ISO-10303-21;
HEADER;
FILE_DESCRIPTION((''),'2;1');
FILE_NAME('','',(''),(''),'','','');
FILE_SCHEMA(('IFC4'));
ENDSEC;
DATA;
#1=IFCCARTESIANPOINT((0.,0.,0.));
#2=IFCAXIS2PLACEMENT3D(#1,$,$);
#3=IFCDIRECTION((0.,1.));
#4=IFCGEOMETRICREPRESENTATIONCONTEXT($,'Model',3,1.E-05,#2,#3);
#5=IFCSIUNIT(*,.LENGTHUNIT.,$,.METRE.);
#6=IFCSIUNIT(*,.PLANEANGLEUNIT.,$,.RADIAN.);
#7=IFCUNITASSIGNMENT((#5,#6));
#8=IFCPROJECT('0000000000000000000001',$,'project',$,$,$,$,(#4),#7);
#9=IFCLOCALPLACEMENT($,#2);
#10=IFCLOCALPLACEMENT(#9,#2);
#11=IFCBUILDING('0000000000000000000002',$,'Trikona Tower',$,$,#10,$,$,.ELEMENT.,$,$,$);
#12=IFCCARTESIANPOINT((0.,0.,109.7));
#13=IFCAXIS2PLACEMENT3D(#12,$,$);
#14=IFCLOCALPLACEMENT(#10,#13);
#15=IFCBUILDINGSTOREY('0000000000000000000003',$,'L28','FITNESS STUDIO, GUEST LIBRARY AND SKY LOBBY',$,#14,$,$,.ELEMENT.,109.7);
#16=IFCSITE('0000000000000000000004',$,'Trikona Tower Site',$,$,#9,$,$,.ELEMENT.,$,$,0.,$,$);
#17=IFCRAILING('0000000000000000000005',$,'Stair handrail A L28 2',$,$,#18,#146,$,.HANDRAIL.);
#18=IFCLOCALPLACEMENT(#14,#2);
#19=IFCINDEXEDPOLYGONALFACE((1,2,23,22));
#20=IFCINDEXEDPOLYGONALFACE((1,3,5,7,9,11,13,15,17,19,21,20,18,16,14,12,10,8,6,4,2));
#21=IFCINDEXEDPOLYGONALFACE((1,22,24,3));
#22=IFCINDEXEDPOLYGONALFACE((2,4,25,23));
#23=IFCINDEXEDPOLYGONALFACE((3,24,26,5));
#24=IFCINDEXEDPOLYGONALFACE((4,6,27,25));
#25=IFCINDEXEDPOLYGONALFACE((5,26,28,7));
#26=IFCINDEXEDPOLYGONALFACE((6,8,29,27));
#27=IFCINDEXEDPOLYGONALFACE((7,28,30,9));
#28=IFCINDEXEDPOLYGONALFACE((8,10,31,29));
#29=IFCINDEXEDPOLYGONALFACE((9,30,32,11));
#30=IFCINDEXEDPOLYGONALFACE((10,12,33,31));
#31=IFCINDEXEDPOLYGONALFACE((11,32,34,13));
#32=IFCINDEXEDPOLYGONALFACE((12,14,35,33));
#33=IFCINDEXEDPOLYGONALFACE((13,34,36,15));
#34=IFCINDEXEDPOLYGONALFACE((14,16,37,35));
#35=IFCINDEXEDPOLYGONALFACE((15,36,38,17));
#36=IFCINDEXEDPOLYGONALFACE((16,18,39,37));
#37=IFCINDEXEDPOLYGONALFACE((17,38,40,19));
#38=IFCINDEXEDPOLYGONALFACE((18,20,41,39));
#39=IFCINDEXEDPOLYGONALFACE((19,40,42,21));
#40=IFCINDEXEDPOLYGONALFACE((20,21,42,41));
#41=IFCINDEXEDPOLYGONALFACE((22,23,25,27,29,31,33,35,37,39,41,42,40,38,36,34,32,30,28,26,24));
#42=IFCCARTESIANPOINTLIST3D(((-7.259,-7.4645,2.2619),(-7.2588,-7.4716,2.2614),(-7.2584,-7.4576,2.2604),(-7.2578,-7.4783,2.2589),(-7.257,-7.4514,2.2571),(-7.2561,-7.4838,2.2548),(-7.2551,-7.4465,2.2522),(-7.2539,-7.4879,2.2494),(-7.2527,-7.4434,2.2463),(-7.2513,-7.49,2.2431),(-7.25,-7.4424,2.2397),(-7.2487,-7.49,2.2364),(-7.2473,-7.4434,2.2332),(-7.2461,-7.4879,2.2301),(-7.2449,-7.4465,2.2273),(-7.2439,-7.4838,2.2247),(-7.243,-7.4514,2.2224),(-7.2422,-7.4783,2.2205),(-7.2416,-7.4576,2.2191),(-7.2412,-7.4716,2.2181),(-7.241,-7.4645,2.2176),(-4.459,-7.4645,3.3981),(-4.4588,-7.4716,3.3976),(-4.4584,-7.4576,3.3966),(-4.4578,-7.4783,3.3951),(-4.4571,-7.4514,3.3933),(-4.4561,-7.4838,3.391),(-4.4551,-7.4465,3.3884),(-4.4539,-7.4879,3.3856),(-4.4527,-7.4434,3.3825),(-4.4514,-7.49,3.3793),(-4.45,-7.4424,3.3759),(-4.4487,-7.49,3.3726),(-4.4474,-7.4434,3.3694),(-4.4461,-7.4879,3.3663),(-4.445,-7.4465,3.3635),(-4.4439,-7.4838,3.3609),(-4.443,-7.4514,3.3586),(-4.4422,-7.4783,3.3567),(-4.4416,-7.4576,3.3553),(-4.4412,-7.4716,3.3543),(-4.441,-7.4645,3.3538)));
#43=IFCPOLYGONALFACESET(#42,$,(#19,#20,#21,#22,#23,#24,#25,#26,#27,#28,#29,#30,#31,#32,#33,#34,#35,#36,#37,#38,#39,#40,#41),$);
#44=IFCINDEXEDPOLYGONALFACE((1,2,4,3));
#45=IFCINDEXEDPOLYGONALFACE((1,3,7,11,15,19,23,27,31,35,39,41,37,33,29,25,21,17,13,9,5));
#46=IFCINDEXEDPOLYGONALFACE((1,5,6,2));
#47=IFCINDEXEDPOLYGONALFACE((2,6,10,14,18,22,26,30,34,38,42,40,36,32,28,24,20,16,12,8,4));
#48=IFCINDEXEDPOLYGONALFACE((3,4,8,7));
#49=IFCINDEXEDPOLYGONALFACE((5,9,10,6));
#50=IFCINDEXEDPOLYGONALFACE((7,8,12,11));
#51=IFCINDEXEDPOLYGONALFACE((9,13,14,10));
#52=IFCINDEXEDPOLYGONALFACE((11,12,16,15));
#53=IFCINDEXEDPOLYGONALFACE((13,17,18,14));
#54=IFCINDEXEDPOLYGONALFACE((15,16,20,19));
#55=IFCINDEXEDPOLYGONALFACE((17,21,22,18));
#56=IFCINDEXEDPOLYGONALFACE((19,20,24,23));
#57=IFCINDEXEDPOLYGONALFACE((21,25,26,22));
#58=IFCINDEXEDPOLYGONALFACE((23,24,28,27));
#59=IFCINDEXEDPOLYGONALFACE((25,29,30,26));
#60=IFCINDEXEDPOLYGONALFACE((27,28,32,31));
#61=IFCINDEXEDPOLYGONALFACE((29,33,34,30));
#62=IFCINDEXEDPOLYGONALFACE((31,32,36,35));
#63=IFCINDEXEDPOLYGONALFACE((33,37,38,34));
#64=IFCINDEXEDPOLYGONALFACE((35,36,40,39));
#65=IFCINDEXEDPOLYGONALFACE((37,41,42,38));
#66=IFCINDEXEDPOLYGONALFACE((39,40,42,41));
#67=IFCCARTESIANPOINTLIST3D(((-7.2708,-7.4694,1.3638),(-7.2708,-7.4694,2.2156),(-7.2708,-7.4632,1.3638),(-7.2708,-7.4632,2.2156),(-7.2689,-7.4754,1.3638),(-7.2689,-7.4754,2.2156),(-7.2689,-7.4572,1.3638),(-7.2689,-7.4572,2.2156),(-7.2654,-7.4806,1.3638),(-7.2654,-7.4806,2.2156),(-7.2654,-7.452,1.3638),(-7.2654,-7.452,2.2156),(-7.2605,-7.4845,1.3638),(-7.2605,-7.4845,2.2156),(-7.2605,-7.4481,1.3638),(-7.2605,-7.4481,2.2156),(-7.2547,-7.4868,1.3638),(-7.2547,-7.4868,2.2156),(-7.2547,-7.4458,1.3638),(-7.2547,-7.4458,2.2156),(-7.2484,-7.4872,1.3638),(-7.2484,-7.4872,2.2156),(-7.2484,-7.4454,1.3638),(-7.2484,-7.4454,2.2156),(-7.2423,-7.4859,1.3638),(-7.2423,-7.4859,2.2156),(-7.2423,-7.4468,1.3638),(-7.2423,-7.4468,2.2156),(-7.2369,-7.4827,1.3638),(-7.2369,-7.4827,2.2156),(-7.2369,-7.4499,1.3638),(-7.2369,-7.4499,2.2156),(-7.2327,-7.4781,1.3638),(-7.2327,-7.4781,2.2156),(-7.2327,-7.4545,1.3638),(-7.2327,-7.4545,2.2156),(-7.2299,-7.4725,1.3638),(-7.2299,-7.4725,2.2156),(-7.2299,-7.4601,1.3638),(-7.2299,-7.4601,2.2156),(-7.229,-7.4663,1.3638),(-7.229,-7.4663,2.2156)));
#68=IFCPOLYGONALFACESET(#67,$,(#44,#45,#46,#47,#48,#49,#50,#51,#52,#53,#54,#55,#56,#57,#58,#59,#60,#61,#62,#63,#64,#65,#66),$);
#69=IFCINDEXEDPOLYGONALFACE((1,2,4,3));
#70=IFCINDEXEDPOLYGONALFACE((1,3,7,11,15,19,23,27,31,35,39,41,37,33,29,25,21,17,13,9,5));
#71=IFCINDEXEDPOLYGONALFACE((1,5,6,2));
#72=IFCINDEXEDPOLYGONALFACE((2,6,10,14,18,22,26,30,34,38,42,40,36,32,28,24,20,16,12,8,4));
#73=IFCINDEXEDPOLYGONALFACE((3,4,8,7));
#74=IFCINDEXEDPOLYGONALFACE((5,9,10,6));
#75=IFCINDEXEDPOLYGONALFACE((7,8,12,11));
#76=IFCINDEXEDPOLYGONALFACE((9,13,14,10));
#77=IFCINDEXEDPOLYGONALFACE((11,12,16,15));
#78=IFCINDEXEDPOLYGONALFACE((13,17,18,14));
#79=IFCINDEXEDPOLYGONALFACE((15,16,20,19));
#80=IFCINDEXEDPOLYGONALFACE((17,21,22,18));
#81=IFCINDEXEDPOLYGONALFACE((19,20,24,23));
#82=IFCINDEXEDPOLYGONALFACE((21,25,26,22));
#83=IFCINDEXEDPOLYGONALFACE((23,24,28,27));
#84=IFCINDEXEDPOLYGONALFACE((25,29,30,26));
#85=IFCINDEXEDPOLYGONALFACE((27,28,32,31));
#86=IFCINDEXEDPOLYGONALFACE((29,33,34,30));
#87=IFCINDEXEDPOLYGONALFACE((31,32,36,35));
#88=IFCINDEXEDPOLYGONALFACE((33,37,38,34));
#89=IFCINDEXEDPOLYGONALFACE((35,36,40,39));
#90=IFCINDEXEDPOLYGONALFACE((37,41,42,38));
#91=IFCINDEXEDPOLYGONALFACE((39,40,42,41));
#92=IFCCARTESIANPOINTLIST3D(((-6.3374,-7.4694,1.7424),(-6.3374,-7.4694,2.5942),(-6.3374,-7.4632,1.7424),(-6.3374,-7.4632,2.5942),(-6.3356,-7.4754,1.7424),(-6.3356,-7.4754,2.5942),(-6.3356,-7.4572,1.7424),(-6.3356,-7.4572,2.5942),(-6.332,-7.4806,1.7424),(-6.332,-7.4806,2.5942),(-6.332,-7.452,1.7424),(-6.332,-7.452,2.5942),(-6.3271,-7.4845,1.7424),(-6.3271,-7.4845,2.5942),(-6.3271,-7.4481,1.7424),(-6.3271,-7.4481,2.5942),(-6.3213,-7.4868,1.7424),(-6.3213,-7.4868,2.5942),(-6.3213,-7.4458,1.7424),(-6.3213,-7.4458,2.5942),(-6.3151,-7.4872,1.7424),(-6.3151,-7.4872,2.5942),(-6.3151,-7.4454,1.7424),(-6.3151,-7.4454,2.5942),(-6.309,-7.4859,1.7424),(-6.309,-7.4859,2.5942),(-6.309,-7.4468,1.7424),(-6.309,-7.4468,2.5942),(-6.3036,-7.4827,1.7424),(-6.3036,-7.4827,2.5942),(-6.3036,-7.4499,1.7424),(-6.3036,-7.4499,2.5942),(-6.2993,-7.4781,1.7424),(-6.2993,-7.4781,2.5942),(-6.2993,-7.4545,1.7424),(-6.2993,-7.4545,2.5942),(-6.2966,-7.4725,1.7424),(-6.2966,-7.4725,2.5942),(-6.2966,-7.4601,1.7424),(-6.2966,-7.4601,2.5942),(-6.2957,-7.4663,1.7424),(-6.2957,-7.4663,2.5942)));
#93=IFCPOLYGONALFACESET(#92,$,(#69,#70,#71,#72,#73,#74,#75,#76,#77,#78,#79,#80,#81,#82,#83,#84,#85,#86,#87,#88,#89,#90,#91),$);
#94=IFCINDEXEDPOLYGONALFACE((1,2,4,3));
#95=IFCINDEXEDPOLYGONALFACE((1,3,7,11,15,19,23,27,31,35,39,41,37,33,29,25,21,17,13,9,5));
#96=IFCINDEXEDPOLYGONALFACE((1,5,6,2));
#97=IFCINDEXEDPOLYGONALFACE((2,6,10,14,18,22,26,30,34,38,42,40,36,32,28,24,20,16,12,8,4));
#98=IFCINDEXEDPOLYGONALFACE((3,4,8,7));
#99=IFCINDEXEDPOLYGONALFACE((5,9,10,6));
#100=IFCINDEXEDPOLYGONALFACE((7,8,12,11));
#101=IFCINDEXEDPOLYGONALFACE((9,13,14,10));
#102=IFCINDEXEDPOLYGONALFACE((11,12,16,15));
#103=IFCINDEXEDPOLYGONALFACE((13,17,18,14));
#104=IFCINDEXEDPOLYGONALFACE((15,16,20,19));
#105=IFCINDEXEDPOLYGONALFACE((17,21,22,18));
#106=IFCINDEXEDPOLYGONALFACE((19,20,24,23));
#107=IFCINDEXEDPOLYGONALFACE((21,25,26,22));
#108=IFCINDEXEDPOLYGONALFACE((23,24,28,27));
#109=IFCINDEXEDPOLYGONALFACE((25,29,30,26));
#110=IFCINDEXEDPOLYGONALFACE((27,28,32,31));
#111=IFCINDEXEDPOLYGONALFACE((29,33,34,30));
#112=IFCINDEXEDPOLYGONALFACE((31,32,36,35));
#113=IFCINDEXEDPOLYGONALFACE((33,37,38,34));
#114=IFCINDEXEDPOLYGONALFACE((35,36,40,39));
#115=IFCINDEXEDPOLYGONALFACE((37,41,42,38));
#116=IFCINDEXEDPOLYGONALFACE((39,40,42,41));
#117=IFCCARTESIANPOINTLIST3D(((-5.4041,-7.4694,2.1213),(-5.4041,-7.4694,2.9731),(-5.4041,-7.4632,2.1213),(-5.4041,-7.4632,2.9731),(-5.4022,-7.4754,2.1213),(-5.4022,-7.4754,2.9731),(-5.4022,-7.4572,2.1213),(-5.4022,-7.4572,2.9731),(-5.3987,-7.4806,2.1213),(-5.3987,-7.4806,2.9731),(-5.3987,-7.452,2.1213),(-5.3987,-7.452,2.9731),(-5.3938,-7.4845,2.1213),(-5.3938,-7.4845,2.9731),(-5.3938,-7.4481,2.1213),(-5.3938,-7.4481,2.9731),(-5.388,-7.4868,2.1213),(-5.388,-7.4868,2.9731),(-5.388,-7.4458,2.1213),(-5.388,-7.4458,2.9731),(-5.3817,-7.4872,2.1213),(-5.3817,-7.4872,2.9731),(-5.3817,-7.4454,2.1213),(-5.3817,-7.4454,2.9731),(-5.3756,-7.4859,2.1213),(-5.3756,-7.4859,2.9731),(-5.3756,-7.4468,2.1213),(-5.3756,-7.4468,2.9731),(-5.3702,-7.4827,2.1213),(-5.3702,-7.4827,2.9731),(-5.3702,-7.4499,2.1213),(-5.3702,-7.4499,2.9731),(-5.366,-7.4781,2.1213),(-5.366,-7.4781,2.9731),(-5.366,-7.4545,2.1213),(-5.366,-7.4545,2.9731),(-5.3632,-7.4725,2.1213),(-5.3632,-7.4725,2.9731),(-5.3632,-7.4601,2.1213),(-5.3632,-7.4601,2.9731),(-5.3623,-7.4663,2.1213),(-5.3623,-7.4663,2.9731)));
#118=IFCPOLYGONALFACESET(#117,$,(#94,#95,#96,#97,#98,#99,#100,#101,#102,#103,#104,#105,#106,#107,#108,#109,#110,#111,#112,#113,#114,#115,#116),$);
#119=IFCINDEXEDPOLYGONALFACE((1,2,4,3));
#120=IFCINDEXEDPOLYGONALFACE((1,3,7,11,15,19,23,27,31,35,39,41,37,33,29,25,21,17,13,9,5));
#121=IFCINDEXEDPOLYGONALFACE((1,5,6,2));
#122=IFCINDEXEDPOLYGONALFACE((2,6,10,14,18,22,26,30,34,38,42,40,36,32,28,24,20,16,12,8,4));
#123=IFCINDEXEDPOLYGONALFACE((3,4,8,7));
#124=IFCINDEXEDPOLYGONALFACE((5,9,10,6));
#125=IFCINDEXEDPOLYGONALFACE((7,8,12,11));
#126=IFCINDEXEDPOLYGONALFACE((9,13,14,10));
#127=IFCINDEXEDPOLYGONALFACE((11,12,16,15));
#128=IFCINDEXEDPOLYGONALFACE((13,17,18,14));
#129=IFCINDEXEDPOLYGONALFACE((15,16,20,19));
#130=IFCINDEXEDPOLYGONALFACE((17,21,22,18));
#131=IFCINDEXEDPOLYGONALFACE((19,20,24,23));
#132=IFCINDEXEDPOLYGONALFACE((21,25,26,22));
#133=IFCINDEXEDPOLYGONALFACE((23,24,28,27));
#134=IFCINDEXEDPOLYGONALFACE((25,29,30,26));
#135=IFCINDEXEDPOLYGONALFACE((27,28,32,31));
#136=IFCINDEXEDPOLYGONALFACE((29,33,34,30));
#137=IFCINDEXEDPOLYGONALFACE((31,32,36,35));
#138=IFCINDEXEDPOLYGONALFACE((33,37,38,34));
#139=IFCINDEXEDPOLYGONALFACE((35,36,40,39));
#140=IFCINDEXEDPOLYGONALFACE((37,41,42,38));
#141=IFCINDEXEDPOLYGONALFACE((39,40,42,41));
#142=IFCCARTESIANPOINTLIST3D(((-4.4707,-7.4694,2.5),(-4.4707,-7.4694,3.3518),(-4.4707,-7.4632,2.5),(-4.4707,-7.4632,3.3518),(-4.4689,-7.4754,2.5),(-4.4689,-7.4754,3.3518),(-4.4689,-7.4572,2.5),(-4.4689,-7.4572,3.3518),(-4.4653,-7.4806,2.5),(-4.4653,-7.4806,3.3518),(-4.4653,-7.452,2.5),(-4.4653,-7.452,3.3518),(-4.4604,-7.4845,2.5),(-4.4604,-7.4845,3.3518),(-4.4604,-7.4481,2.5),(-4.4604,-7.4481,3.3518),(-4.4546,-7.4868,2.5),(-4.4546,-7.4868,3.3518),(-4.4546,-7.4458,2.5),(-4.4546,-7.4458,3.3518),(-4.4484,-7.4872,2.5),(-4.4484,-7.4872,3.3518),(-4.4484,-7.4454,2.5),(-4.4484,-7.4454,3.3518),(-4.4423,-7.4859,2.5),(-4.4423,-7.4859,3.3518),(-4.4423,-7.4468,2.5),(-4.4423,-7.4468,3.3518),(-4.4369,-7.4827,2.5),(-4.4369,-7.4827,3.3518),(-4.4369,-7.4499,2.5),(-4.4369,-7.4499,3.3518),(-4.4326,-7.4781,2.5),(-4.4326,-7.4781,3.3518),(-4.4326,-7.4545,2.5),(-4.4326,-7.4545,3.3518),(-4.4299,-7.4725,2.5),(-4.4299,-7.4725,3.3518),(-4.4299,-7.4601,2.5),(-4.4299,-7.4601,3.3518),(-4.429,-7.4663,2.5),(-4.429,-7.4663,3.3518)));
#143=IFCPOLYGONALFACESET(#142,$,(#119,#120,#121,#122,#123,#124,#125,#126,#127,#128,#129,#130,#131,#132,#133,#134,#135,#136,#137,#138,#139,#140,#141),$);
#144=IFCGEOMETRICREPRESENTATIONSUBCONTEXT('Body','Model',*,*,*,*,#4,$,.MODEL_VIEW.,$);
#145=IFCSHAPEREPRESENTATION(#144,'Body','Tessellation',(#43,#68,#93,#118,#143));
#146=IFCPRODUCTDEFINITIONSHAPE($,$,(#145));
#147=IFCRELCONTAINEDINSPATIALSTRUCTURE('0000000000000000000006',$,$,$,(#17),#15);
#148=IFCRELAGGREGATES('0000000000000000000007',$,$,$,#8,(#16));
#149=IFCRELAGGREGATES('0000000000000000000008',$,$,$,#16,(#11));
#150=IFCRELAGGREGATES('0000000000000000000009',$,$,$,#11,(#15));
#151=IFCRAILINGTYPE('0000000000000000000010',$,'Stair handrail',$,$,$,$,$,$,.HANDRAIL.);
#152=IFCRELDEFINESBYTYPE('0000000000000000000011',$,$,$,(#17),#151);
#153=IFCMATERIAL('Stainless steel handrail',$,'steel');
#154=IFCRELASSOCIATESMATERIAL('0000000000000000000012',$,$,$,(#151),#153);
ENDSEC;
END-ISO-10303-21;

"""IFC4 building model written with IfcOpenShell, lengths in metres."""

from ifc_helpers import new_model, si_unit, direction, frame, origin, origin_2d, place, context, subcontext, project, spatial, circle, extrude, material, type_object, element, save


model = new_model("IFC4")

# Units and contexts
model_context = context("Model", 3, precision=1e-05, world=origin(), true_north=direction((0.0, 1.0)))
body_context = subcontext(model_context, "Body", "Model", "MODEL_VIEW")
ifc_project = project(units=[si_unit("LENGTHUNIT", "METRE"), si_unit("PLANEANGLEUNIT", "RADIAN")], contexts=[model_context])

# Site, building, storey
site_placement = place(None, origin())
site = spatial("IfcSite", under=ifc_project, at=site_placement, Name="Trikona Tower Site", CompositionType="ELEMENT", RefElevation=0.0)
building_placement = place(site_placement, origin())
building = spatial("IfcBuilding", under=site, at=building_placement, Name="Trikona Tower", CompositionType="ELEMENT")
storey_placement = place(building_placement, frame((0.0, 0.0, 109.7)))
storey = spatial("IfcBuildingStorey", under=building, at=storey_placement, Name="L28", Description="FITNESS STUDIO, GUEST LIBRARY AND SKY LOBBY", CompositionType="ELEMENT", Elevation=109.7)

# Railing
ifc_material_1 = material(Name="Stainless steel handrail", Category="steel")
railing_type = type_object("IfcRailingType", Name="Stair handrail", PredefinedType="HANDRAIL", material=ifc_material_1)
railing_1_placement = place(storey_placement, frame((-7.25, -7.4663, 1.3638)))
element("IfcRailing", 1, at=railing_1_placement, inside=storey, type_object=railing_type, Name="Stair handrail A L28 2", PredefinedType="HANDRAIL", context=body_context, shape_type="SweptSolid", body=[
    extrude(circle(Radius=0.0239, at=origin_2d()), frame((0.0, 0.0, 0.876), z_axis=(0.926615, 0.0, 0.376011), x_axis=(0.0, 1.0, 0.0)), (0.0, 0.0, 1.0), 3.0217),
    extrude(circle(Radius=0.021, at=origin_2d()), origin(), (0.0, 0.0, 1.0), 0.8518),
    extrude(circle(Radius=0.021, at=origin_2d()), frame((0.9333, 0.0, 0.3787)), (0.0, 0.0, 1.0), 0.8518),
    extrude(circle(Radius=0.021, at=origin_2d()), frame((1.8667, 0.0, 0.7576)), (0.0, 0.0, 1.0), 0.8518),
    extrude(circle(Radius=0.021, at=origin_2d()), frame((2.8, 0.0, 1.1362)), (0.0, 0.0, 1.0), 0.8518),
])

save(model, "model.ifc")
